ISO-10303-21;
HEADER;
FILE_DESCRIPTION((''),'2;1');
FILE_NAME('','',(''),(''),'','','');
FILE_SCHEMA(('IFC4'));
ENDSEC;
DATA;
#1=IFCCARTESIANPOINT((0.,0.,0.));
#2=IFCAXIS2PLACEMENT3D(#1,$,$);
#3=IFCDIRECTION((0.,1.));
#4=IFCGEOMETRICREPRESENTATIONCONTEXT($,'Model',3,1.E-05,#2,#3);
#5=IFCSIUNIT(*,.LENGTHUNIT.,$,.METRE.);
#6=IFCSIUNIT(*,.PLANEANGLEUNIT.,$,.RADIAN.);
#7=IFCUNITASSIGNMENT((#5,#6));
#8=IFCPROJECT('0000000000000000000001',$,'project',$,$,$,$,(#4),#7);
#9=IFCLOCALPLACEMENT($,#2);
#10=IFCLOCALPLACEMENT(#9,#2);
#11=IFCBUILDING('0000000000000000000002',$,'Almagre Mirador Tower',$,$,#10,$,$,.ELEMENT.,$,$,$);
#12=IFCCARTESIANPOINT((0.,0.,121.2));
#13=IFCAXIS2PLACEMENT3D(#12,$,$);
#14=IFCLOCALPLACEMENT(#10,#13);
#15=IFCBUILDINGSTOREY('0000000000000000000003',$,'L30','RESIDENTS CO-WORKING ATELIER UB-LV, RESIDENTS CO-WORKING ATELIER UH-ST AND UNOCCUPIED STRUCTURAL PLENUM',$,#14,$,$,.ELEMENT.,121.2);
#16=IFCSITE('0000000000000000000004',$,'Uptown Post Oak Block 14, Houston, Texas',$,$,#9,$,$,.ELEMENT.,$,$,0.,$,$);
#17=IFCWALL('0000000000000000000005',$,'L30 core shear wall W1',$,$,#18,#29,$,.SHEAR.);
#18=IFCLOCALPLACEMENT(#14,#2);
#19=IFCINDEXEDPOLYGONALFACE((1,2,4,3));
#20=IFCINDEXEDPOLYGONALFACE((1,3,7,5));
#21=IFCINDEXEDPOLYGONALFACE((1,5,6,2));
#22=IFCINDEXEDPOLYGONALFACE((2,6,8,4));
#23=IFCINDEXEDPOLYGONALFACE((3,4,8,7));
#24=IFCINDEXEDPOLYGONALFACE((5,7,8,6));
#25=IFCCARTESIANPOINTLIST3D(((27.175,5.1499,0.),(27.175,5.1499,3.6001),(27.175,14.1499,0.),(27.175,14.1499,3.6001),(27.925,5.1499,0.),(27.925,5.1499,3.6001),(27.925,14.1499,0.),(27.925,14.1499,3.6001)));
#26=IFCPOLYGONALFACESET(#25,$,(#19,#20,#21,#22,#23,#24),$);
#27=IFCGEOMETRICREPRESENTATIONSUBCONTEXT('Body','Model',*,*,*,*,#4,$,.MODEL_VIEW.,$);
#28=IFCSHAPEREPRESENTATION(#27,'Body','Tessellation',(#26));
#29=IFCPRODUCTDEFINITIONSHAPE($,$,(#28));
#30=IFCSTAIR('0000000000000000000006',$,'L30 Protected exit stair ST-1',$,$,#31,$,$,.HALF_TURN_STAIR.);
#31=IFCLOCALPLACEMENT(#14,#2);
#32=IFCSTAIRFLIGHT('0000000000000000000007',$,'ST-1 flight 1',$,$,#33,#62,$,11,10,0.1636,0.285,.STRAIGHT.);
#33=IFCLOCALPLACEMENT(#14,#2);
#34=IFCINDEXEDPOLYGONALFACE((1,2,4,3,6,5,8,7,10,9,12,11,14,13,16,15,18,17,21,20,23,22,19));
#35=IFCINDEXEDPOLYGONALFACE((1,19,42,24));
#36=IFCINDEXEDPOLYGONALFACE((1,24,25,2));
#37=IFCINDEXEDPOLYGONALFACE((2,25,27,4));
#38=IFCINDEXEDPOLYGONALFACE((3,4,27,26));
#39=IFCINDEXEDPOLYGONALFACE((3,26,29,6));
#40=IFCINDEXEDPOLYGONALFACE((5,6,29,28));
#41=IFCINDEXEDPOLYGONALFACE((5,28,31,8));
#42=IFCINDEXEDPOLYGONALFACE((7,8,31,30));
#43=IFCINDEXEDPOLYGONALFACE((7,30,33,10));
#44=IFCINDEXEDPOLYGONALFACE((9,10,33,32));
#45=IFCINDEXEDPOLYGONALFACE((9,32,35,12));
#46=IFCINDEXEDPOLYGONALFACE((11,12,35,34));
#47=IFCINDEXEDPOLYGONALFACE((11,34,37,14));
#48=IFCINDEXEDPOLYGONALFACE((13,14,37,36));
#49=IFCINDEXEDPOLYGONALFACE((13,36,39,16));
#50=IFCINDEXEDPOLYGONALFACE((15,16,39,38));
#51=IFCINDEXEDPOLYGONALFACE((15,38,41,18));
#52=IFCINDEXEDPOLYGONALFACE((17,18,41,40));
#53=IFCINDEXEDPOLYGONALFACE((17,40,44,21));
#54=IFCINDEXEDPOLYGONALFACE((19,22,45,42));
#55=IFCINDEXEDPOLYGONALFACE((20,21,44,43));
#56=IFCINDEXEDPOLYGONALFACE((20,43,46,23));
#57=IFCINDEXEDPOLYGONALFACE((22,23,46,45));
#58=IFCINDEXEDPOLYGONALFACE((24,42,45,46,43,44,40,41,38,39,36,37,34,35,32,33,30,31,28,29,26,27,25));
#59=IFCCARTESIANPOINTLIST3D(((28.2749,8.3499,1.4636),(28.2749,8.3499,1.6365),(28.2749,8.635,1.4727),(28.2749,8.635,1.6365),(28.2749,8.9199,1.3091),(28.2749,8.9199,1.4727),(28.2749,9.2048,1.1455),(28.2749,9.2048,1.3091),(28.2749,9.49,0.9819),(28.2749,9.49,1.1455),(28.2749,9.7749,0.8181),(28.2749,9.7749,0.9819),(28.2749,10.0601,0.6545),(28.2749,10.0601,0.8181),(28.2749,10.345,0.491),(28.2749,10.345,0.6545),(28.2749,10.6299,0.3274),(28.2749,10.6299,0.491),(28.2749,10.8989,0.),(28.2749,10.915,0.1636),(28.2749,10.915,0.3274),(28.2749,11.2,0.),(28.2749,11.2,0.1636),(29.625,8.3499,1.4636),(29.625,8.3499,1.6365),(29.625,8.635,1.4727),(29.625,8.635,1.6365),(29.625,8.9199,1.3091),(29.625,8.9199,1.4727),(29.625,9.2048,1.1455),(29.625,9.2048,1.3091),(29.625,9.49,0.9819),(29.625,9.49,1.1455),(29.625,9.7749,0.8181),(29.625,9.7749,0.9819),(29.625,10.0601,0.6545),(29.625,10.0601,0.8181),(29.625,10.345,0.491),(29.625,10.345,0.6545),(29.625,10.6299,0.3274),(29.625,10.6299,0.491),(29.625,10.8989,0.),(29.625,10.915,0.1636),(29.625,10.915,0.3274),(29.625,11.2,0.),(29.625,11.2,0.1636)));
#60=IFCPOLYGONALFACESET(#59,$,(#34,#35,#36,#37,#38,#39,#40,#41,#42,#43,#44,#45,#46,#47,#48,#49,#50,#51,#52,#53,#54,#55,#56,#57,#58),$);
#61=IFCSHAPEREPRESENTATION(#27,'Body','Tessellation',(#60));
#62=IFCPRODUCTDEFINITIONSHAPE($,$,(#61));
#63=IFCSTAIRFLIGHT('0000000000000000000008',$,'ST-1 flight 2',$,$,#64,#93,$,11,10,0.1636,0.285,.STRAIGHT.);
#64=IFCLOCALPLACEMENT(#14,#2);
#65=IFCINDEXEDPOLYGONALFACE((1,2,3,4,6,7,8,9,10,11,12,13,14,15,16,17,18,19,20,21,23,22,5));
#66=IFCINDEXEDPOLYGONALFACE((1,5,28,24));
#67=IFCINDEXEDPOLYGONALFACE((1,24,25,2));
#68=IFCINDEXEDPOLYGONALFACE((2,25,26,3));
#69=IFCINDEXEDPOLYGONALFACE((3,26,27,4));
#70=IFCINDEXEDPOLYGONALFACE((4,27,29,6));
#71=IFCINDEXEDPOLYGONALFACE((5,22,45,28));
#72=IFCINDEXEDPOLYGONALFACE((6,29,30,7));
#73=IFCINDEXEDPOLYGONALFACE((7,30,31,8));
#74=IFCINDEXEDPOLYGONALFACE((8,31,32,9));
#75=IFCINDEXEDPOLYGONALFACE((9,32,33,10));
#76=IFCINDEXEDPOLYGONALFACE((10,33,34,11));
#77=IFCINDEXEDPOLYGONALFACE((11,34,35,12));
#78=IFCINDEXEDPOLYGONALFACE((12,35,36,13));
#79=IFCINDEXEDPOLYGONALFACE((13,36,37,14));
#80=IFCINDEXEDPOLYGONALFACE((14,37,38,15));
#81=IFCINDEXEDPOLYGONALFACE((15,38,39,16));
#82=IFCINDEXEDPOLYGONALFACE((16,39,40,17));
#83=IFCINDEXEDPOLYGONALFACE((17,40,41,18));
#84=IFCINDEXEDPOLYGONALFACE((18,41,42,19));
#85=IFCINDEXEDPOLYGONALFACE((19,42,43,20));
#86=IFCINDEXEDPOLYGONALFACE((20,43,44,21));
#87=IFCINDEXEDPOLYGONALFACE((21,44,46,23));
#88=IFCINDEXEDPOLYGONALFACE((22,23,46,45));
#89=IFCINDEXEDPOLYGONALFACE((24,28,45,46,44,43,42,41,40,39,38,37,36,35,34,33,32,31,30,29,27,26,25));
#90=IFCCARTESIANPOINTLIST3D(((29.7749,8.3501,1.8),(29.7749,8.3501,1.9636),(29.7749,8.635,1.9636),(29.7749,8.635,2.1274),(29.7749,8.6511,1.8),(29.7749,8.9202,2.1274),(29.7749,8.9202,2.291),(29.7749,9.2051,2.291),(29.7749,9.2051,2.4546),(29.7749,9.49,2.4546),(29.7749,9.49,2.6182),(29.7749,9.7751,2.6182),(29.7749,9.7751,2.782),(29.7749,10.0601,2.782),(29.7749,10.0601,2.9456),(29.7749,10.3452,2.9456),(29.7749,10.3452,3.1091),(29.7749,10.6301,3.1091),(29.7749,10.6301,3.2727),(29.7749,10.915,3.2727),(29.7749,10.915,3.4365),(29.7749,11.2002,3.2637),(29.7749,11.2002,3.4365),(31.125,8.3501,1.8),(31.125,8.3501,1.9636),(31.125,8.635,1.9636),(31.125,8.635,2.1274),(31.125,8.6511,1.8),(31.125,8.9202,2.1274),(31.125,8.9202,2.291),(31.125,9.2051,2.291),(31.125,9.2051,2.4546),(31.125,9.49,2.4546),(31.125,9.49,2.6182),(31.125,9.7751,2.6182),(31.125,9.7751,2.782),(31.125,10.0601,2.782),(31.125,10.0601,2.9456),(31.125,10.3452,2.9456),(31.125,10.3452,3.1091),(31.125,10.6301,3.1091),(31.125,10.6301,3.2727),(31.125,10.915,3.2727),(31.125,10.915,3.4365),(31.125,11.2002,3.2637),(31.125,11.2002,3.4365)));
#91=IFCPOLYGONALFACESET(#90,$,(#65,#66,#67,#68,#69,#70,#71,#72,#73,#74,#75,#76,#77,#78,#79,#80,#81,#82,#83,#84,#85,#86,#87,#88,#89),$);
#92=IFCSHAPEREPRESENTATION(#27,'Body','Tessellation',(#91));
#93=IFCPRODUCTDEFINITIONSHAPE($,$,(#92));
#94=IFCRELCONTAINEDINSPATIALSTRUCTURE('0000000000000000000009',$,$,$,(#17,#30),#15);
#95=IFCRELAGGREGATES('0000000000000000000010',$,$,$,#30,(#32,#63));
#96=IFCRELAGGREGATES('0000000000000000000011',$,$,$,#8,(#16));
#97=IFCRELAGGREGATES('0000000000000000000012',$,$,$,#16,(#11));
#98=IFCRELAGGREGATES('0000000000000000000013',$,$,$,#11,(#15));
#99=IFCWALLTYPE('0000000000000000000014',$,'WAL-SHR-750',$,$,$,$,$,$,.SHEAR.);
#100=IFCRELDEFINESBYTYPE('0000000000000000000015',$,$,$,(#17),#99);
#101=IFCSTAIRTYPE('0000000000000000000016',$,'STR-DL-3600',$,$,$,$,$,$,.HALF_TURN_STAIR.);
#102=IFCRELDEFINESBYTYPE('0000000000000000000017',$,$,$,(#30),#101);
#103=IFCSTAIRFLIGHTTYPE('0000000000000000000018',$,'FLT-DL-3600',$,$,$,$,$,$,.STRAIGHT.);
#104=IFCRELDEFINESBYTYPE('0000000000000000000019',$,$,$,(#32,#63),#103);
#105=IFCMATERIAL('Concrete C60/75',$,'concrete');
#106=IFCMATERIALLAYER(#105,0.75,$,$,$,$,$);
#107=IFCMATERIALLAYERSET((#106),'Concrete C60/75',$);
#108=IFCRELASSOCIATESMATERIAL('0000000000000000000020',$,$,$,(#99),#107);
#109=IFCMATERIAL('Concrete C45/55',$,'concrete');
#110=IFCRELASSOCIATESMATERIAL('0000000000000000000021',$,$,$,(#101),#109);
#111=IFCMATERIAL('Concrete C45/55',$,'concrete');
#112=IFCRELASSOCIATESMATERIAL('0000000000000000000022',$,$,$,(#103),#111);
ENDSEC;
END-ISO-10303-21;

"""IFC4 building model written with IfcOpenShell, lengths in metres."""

from ifc_helpers import new_model, si_unit, direction, frame, frame_2d, origin, place, context, subcontext, project, spatial, polyline, rectangle, outline, extrude, material, layer, layer_set, type_object, element, aggregate, save


model = new_model("IFC4")

# Units and contexts
model_context = context("Model", 3, precision=1e-05, world=origin(), true_north=direction((0.0, 1.0)))
body_context = subcontext(model_context, "Body", "Model", "MODEL_VIEW")
ifc_project = project(units=[si_unit("LENGTHUNIT", "METRE"), si_unit("PLANEANGLEUNIT", "RADIAN")], contexts=[model_context])

# Site, building, storey
site_placement = place(None, origin())
site = spatial("IfcSite", under=ifc_project, at=site_placement, Name="Uptown Post Oak Block 14, Houston, Texas", CompositionType="ELEMENT", RefElevation=0.0)
building_placement = place(site_placement, origin())
building = spatial("IfcBuilding", under=site, at=building_placement, Name="Almagre Mirador Tower", CompositionType="ELEMENT")
storey_placement = place(building_placement, frame((0.0, 0.0, 121.2)))
storey = spatial("IfcBuildingStorey", under=building, at=storey_placement, Name="L30", Description="RESIDENTS CO-WORKING ATELIER UB-LV, RESIDENTS CO-WORKING ATELIER UH-ST AND UNOCCUPIED STRUCTURAL PLENUM", CompositionType="ELEMENT", Elevation=121.2)

# Wall
ifc_material_1 = material(Name="Concrete C60/75", Category="concrete")
ifc_layer_1 = layer(ifc_material_1, 0.75)
ifc_layer_set_1 = layer_set([ifc_layer_1], Name="Concrete C60/75")
wall_type_1 = type_object("IfcWallType", Name="WAL-SHR-750", PredefinedType="SHEAR", material=ifc_layer_set_1)
wall_1_placement = place(storey_placement, frame((27.55, 5.1499, 0.0), z_axis=(0.0, 0.0, 1.0), x_axis=(0.0, 1.0, 0.0)))
element("IfcWall", 1, at=wall_1_placement, inside=storey, type_object=wall_type_1, Name="L30 core shear wall W1", PredefinedType="SHEAR", context=body_context, shape_type="SweptSolid", body=[
    extrude(rectangle(XDim=9.0, YDim=0.75, at=frame_2d((4.5, 0.0))), origin(), (0.0, 0.0, 1.0), 3.6001),
])

# Stair, stair flights
ifc_material_2 = material(Name="Concrete C45/55", Category="concrete")
stair_type = type_object("IfcStairType", Name="STR-DL-3600", PredefinedType="HALF_TURN_STAIR", material=ifc_material_2)
stair_placement = place(storey_placement, origin())
stair = element("IfcStair", 2, at=stair_placement, inside=storey, type_object=stair_type, Name="L30 Protected exit stair ST-1", PredefinedType="HALF_TURN_STAIR")
ifc_material_3 = material(Name="Concrete C45/55", Category="concrete")
stair_flight_type = type_object("IfcStairFlightType", Name="FLT-DL-3600", PredefinedType="STRAIGHT", material=ifc_material_3)
stair_flight_1_placement = place(storey_placement, frame((28.95, 11.2, 0.0), z_axis=(0.0, 0.0, 1.0), x_axis=(0.0, -1.0, 0.0)))
stair_flight_1 = element("IfcStairFlight", 3, at=stair_flight_1_placement, type_object=stair_flight_type, Name="ST-1 flight 1", NumberOfRisers=11, NumberOfTreads=10, PredefinedType="STRAIGHT", RiserHeight=0.1636, TreadLength=0.285, context=body_context, shape_type="SweptSolid", body=[
    extrude(outline(polyline([(0.0, 0.0), (0.0, 0.1636), (0.2849, 0.1636), (0.2849, 0.3274), (0.5701, 0.3274), (0.5701, 0.491), (0.855, 0.491), (0.855, 0.6545), (1.1399, 0.6545), (1.1399, 0.8181), (1.425, 0.8181), (1.425, 0.9819), (1.71, 0.9819), (1.71, 1.1455), (1.9951, 1.1455), (1.9951, 1.3091), (2.28, 1.3091), (2.28, 1.4727), (2.5649, 1.4727), (2.5649, 1.6365), (2.8501, 1.6365), (2.8501, 1.8), (2.8501, 1.4636), (0.301, 0.0), (0.0, 0.0)])), frame((0.0, 0.675, 0.0), z_axis=(0.0, -1.0, 0.0), x_axis=(1.0, 0.0, 0.0)), (0.0, 0.0, 1.0), 1.3501),
])
stair_flight_2_placement = place(storey_placement, frame((30.45, 8.3501, 1.8), z_axis=(0.0, 0.0, 1.0), x_axis=(0.0, 1.0, 0.0)))
stair_flight_2 = element("IfcStairFlight", 4, at=stair_flight_2_placement, type_object=stair_flight_type, Name="ST-1 flight 2", NumberOfRisers=11, NumberOfTreads=10, PredefinedType="STRAIGHT", RiserHeight=0.1636, TreadLength=0.285, context=body_context, shape_type="SweptSolid", body=[
    extrude(outline(polyline([(0.0, 0.0), (0.0, 0.1636), (0.2849, 0.1636), (0.2849, 0.3274), (0.5701, 0.3274), (0.5701, 0.491), (0.855, 0.491), (0.855, 0.6545), (1.1399, 0.6545), (1.1399, 0.8181), (1.425, 0.8181), (1.425, 0.9819), (1.71, 0.9819), (1.71, 1.1455), (1.9951, 1.1455), (1.9951, 1.3091), (2.28, 1.3091), (2.28, 1.4727), (2.5649, 1.4727), (2.5649, 1.6365), (2.8501, 1.6365), (2.8501, 1.8), (2.8501, 1.4636), (0.301, 0.0), (0.0, 0.0)])), frame((0.0, 0.675, 0.0), z_axis=(0.0, -1.0, 0.0), x_axis=(1.0, 0.0, 0.0)), (0.0, 0.0, 1.0), 1.3501),
])
aggregate(stair, [stair_flight_1, stair_flight_2])

save(model, "model.ifc")
